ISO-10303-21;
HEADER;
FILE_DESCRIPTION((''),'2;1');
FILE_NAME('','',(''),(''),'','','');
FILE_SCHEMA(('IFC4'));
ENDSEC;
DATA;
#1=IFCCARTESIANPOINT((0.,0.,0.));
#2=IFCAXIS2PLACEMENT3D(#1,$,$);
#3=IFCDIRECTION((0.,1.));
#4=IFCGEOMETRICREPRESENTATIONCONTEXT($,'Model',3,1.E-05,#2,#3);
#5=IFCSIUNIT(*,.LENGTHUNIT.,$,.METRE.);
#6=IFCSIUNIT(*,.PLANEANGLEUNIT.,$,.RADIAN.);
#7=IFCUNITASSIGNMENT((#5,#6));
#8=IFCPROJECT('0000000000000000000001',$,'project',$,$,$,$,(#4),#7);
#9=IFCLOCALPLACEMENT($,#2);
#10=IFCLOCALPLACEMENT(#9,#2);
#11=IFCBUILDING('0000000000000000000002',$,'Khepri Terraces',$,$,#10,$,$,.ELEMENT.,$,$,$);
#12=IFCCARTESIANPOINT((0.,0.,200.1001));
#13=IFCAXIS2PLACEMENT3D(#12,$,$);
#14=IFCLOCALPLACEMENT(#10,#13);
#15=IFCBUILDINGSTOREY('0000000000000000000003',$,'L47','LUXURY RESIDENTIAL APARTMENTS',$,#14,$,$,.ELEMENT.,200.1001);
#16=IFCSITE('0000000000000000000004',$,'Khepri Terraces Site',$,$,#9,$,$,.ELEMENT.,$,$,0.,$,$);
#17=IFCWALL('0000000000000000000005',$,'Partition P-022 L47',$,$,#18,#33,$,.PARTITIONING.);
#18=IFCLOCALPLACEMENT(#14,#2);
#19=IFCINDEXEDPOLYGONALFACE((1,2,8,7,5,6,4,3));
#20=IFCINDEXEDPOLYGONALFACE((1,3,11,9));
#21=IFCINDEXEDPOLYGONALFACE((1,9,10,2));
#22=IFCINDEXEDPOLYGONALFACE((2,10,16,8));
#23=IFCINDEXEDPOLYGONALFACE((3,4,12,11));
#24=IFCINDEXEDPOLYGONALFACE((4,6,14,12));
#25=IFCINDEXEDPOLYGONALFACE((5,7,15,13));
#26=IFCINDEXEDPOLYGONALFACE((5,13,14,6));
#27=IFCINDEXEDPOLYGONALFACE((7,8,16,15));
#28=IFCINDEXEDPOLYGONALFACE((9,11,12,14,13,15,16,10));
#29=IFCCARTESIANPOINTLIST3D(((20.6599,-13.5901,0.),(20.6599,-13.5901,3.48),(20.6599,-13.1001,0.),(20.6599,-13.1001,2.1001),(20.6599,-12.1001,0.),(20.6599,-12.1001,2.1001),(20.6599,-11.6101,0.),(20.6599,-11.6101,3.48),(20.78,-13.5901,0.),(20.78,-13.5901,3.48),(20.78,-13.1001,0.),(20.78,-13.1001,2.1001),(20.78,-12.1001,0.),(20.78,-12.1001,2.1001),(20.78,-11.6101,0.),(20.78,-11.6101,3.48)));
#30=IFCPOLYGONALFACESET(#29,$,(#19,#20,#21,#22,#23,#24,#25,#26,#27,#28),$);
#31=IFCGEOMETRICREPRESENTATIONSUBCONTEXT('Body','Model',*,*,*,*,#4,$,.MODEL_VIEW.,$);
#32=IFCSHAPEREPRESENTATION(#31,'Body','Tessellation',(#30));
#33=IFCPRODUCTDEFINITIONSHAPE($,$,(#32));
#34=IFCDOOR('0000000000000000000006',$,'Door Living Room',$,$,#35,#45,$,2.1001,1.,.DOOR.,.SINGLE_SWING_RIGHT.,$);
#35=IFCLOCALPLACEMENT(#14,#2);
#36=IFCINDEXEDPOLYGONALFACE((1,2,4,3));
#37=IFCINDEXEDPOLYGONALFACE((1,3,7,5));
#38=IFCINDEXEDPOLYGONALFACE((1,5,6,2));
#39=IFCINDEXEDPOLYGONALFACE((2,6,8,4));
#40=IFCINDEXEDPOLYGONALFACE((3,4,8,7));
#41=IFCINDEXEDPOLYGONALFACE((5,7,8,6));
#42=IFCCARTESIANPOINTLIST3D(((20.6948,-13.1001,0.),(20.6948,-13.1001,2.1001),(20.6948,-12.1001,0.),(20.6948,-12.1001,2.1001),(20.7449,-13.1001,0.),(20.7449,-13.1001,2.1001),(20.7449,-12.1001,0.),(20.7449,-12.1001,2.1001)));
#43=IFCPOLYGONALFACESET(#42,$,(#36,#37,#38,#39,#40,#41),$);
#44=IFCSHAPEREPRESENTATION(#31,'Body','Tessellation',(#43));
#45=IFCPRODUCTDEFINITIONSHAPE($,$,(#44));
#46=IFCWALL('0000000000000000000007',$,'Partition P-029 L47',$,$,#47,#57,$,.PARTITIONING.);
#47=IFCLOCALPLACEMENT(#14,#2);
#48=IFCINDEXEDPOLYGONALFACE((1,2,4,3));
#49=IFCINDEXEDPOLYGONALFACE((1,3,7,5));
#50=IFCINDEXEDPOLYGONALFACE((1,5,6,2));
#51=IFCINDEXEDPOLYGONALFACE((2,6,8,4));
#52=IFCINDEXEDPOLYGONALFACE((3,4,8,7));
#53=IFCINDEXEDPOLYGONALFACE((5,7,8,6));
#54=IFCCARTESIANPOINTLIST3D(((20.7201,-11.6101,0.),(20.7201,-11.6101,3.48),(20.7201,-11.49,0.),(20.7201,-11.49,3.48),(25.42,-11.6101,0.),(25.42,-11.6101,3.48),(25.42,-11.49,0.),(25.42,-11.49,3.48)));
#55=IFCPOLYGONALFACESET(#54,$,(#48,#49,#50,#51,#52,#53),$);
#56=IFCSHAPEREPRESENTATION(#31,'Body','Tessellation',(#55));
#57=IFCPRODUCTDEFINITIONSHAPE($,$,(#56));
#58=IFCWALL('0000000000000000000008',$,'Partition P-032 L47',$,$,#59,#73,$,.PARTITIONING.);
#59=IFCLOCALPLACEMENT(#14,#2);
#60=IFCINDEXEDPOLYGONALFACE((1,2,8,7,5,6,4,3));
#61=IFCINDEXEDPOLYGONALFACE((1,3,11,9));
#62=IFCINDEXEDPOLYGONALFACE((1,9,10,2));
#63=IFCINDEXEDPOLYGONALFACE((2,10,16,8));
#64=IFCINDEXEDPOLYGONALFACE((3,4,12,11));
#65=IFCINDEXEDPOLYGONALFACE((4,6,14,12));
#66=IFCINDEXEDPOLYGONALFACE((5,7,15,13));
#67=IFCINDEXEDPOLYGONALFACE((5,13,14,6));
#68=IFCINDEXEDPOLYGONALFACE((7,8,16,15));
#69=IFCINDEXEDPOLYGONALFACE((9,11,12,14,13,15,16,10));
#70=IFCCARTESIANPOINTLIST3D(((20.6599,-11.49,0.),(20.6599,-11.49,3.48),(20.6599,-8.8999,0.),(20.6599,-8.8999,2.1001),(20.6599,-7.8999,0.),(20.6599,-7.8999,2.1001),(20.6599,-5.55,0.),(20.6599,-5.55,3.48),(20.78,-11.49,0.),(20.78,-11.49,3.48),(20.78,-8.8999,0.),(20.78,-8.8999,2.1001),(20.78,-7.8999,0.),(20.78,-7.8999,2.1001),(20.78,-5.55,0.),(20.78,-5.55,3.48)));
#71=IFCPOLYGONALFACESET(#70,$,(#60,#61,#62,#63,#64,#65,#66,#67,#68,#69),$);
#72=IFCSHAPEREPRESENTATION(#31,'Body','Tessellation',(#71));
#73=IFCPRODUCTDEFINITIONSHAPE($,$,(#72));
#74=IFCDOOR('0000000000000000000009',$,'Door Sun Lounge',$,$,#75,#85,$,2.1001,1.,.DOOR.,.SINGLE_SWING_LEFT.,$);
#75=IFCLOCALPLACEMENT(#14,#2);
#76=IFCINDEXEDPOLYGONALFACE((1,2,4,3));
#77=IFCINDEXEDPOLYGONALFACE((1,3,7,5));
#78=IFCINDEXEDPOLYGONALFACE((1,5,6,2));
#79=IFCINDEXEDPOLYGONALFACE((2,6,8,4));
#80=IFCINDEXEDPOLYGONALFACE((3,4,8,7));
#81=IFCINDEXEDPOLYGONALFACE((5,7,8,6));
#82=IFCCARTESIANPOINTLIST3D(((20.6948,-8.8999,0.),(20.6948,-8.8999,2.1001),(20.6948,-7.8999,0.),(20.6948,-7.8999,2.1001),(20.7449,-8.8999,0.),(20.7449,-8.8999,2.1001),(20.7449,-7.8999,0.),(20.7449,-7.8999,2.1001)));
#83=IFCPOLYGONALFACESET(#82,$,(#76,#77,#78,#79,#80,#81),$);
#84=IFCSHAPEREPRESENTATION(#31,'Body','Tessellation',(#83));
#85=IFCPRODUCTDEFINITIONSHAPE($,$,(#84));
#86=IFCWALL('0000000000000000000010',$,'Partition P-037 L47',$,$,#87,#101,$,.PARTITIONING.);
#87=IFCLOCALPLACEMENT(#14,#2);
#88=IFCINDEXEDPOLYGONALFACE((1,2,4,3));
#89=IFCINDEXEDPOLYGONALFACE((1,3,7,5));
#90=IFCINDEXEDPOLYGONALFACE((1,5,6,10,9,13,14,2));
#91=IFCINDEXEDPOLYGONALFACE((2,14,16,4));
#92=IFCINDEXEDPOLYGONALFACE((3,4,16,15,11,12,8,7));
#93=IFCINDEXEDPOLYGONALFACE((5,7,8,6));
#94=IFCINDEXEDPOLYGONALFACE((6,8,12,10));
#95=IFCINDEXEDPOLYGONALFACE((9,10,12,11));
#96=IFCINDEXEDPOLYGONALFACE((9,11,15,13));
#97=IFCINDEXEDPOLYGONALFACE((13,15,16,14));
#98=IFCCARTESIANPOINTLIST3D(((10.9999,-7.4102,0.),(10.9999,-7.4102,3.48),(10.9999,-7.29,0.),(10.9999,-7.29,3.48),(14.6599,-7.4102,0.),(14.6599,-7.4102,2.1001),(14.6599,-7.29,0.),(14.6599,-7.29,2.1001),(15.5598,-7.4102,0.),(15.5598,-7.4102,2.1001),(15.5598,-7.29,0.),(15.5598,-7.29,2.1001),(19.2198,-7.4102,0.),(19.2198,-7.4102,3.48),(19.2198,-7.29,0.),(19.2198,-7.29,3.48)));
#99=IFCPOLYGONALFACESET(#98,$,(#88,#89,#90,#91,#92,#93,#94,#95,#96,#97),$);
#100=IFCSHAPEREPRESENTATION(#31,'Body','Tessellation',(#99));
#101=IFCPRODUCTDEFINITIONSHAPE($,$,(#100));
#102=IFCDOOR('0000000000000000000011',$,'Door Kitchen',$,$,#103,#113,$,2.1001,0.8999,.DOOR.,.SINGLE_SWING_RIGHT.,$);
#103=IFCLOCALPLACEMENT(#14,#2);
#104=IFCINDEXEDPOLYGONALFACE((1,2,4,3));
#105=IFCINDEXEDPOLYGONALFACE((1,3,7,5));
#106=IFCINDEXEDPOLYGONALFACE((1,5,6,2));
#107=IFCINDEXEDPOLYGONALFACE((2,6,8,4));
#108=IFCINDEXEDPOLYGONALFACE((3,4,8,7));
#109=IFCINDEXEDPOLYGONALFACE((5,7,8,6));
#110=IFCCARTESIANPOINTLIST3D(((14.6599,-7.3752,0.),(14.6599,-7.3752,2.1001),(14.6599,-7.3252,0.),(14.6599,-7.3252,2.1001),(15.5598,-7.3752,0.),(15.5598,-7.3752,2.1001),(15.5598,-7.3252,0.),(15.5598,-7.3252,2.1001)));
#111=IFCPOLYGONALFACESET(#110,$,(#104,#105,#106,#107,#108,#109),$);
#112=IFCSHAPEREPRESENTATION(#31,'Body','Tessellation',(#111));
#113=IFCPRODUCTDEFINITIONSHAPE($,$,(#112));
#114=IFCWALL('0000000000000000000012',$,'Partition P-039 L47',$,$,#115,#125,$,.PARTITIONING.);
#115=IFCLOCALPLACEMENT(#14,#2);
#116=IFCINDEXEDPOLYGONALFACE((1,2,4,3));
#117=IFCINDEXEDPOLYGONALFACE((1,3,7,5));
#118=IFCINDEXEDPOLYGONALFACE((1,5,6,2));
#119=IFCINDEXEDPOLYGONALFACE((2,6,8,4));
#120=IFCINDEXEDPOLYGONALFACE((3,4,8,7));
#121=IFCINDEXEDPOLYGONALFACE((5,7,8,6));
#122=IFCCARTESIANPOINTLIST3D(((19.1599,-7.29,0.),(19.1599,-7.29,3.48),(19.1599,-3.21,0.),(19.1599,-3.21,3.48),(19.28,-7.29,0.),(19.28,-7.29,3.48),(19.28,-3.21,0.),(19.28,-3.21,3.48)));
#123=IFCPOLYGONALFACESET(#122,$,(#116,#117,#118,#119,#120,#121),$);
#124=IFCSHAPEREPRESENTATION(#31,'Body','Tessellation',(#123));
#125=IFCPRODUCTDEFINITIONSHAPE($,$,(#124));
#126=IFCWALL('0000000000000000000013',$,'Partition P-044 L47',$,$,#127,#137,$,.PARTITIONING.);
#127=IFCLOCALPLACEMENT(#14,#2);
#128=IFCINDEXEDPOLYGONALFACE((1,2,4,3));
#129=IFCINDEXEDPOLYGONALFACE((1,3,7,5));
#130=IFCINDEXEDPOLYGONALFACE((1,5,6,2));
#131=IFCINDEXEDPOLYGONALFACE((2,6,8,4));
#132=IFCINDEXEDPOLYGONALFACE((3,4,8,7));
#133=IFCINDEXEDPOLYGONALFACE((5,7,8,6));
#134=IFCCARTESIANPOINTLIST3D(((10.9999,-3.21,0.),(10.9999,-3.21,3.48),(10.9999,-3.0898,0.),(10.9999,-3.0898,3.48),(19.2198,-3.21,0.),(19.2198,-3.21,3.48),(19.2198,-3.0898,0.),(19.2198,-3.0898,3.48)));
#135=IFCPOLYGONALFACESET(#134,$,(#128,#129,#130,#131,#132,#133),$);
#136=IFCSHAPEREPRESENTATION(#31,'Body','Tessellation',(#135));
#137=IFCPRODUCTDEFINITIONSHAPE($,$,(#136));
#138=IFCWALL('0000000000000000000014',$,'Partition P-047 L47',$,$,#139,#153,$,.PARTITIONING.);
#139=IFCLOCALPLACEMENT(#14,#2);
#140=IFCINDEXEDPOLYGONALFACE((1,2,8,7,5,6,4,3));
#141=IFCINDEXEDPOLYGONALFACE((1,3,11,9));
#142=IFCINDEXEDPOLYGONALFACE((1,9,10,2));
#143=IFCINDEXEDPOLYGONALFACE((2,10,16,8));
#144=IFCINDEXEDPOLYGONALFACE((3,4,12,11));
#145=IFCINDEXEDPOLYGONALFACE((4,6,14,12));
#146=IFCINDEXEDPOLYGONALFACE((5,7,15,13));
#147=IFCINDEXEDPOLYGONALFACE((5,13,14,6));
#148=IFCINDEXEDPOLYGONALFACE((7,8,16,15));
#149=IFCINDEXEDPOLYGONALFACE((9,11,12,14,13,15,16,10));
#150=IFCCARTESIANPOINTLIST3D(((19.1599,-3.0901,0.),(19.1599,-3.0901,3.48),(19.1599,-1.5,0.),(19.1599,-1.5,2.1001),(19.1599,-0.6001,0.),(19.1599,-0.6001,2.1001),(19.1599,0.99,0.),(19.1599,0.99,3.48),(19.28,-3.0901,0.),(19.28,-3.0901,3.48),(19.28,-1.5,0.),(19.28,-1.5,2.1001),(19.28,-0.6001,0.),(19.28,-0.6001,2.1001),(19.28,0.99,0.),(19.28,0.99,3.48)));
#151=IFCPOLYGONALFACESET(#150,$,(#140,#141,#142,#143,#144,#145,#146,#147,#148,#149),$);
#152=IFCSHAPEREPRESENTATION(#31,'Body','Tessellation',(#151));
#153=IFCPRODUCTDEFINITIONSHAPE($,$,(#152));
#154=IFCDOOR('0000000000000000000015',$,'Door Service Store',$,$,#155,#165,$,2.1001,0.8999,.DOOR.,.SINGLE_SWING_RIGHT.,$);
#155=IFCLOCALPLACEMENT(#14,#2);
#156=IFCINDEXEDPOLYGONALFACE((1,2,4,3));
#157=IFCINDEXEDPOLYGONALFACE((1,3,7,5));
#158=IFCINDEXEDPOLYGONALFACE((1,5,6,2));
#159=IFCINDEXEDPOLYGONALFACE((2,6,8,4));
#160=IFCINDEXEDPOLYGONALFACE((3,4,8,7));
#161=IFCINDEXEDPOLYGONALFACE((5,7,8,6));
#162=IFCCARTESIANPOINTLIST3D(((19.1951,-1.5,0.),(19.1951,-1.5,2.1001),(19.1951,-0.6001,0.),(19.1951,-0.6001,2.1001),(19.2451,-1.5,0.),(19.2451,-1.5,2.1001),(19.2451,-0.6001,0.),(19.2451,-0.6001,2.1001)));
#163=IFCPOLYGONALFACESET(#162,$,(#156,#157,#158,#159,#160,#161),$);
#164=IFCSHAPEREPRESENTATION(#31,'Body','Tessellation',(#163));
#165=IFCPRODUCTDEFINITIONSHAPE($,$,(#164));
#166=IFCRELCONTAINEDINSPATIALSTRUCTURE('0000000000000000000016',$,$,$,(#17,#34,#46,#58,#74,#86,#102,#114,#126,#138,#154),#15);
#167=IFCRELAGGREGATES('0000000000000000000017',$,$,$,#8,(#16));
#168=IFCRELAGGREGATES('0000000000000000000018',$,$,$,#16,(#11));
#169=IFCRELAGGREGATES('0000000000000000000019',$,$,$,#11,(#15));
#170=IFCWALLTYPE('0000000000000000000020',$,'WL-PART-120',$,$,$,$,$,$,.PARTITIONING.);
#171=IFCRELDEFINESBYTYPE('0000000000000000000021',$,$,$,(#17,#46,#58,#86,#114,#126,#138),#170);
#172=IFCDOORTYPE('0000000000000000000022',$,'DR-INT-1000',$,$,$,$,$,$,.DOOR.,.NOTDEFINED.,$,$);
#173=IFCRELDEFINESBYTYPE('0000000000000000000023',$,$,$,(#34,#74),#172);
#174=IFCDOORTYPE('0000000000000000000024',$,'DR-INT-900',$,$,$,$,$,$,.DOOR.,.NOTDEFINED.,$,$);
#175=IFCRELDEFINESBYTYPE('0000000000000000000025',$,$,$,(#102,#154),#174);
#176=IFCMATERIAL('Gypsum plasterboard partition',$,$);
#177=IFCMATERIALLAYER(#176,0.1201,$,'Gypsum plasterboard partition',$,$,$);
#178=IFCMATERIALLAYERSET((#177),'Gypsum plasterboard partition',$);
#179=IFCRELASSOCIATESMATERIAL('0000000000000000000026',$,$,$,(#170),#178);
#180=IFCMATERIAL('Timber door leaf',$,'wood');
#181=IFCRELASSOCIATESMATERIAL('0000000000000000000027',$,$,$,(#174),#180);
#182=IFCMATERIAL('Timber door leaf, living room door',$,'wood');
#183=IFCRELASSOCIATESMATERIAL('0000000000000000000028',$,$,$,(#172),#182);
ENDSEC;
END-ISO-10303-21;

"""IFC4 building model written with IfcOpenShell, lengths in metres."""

from ifc_helpers import new_model, si_unit, direction, frame, frame_2d, origin, place, context, subcontext, project, spatial, rectangle, extrude, material, layer, layer_set, type_object, element, fill, save


model = new_model("IFC4")

# Units and contexts
model_context = context("Model", 3, precision=1e-05, world=origin(), true_north=direction((0.0, 1.0)))
body_context = subcontext(model_context, "Body", "Model", "MODEL_VIEW")
ifc_project = project(units=[si_unit("LENGTHUNIT", "METRE"), si_unit("PLANEANGLEUNIT", "RADIAN")], contexts=[model_context])

# Site, building, storey
site_placement = place(None, origin())
site = spatial("IfcSite", under=ifc_project, at=site_placement, Name="Khepri Terraces Site", CompositionType="ELEMENT", RefElevation=0.0)
building_placement = place(site_placement, origin())
building = spatial("IfcBuilding", under=site, at=building_placement, Name="Khepri Terraces", CompositionType="ELEMENT")
storey_placement = place(building_placement, frame((0.0, 0.0, 200.1001)))
storey = spatial("IfcBuildingStorey", under=building, at=storey_placement, Name="L47", Description="LUXURY RESIDENTIAL APARTMENTS", CompositionType="ELEMENT", Elevation=200.1001)

# Wall, opening, door
ifc_material_1 = material(Name="Gypsum plasterboard partition")
ifc_layer_1 = layer(ifc_material_1, 0.1201, Name="Gypsum plasterboard partition")
ifc_layer_set_1 = layer_set([ifc_layer_1], Name="Gypsum plasterboard partition")
wall_type_1 = type_object("IfcWallType", Name="WL-PART-120", PredefinedType="PARTITIONING", material=ifc_layer_set_1)
ifc_material_2 = material(Name="Timber door leaf", Category="wood")
door_type_1 = type_object("IfcDoorType", Name="DR-INT-900", OperationType="NOTDEFINED", PredefinedType="DOOR", material=ifc_material_2)
wall_1_placement = place(storey_placement, frame((20.72, -13.5901, 0.0), z_axis=(0.0, 0.0, 1.0), x_axis=(0.0, 1.0, 0.0)))
wall_1 = element("IfcWall", 1, at=wall_1_placement, inside=storey, type_object=wall_type_1, Name="Partition P-022 L47", PredefinedType="PARTITIONING", context=body_context, shape_type="SweptSolid", body=[
    extrude(rectangle(XDim=1.98, YDim=0.1201, at=frame_2d((0.99, 0.0))), origin(), (0.0, 0.0, 1.0), 3.48),
])
opening_1_placement = place(wall_1_placement, frame((0.49, 0.0, 0.0)))
opening_1 = element("IfcOpeningElement", 2, at=opening_1_placement, cuts=wall_1, PredefinedType="OPENING", context=body_context, shape_type="SweptSolid", body=[
    extrude(rectangle(XDim=1.0, YDim=2.1001, at=frame_2d((0.5, 1.05))), frame((0.0, 0.0701, 0.0), z_axis=(0.0, -1.0, 0.0), x_axis=(1.0, 0.0, 0.0)), (0.0, 0.0, 1.0), 0.1401),
])
ifc_material_3 = material(Name="Timber door leaf, living room door", Category="wood")
door_type_2 = type_object("IfcDoorType", Name="DR-INT-1000", OperationType="NOTDEFINED", PredefinedType="DOOR", material=ifc_material_3)
door_1_placement = place(opening_1_placement, frame((1.0, 0.0, 0.0), z_axis=(0.0, 0.0, 1.0), x_axis=(-1.0, 0.0, 0.0)))
door_1 = element("IfcDoor", 3, at=door_1_placement, inside=storey, type_object=door_type_2, Name="Door Living Room", OperationType="SINGLE_SWING_RIGHT", OverallHeight=2.1001, OverallWidth=1.0, PredefinedType="DOOR", context=body_context, shape_type="SweptSolid", body=[
    extrude(rectangle(XDim=1.0, YDim=2.1001, at=frame_2d((0.5, 1.05))), frame((0.0, 0.0249, 0.0), z_axis=(0.0, -1.0, 0.0), x_axis=(1.0, 0.0, 0.0)), (0.0, 0.0, 1.0), 0.05),
])
fill(opening_1, door_1)

# Wall
wall_2_placement = place(storey_placement, frame((20.72, -11.55, 0.0), z_axis=(0.0, 0.0, 1.0), x_axis=(1.0, 0.0, 0.0)))
element("IfcWall", 4, at=wall_2_placement, inside=storey, type_object=wall_type_1, Name="Partition P-029 L47", PredefinedType="PARTITIONING", context=body_context, shape_type="SweptSolid", body=[
    extrude(rectangle(XDim=4.7, YDim=0.1201, at=frame_2d((2.3501, 0.0))), origin(), (0.0, 0.0, 1.0), 3.48),
])

# Walls, openings, doors
wall_3_placement = place(storey_placement, frame((20.72, -11.49, 0.0), z_axis=(0.0, 0.0, 1.0), x_axis=(0.0, 1.0, 0.0)))
wall_3 = element("IfcWall", 5, at=wall_3_placement, inside=storey, type_object=wall_type_1, Name="Partition P-032 L47", PredefinedType="PARTITIONING", context=body_context, shape_type="SweptSolid", body=[
    extrude(rectangle(XDim=5.9399, YDim=0.1201, at=frame_2d((2.97, 0.0))), origin(), (0.0, 0.0, 1.0), 3.48),
])
opening_2_placement = place(wall_3_placement, frame((2.5901, 0.0, 0.0)))
opening_2 = element("IfcOpeningElement", 6, at=opening_2_placement, cuts=wall_3, PredefinedType="OPENING", context=body_context, shape_type="SweptSolid", body=[
    extrude(rectangle(XDim=1.0, YDim=2.1001, at=frame_2d((0.5, 1.05))), frame((0.0, 0.0701, 0.0), z_axis=(0.0, -1.0, 0.0), x_axis=(1.0, 0.0, 0.0)), (0.0, 0.0, 1.0), 0.1401),
])
door_2_placement = place(opening_2_placement, frame((1.0, 0.0, 0.0), z_axis=(0.0, 0.0, 1.0), x_axis=(-1.0, 0.0, 0.0)))
door_2 = element("IfcDoor", 7, at=door_2_placement, inside=storey, type_object=door_type_2, Name="Door Sun Lounge", OperationType="SINGLE_SWING_LEFT", OverallHeight=2.1001, OverallWidth=1.0, PredefinedType="DOOR", context=body_context, shape_type="SweptSolid", body=[
    extrude(rectangle(XDim=1.0, YDim=2.1001, at=frame_2d((0.5, 1.05))), frame((0.0, 0.0249, 0.0), z_axis=(0.0, -1.0, 0.0), x_axis=(1.0, 0.0, 0.0)), (0.0, 0.0, 1.0), 0.05),
])
fill(opening_2, door_2)
wall_4_placement = place(storey_placement, frame((11.0, -7.3501, 0.0), z_axis=(0.0, 0.0, 1.0), x_axis=(1.0, 0.0, 0.0)))
wall_4 = element("IfcWall", 8, at=wall_4_placement, inside=storey, type_object=wall_type_1, Name="Partition P-037 L47", PredefinedType="PARTITIONING", context=body_context, shape_type="SweptSolid", body=[
    extrude(rectangle(XDim=8.22, YDim=0.1201, at=frame_2d((4.1099, 0.0))), origin(), (0.0, 0.0, 1.0), 3.48),
])
opening_3_placement = place(wall_4_placement, frame((3.6599, 0.0, 0.0)))
opening_3 = element("IfcOpeningElement", 9, at=opening_3_placement, cuts=wall_4, PredefinedType="OPENING", context=body_context, shape_type="SweptSolid", body=[
    extrude(rectangle(XDim=0.8999, YDim=2.1001, at=frame_2d((0.45, 1.05))), frame((0.0, 0.0701, 0.0), z_axis=(0.0, -1.0, 0.0), x_axis=(1.0, 0.0, 0.0)), (0.0, 0.0, 1.0), 0.1401),
])
door_3_placement = place(opening_3_placement, origin())
door_3 = element("IfcDoor", 10, at=door_3_placement, inside=storey, type_object=door_type_1, Name="Door Kitchen", OperationType="SINGLE_SWING_RIGHT", OverallHeight=2.1001, OverallWidth=0.8999, PredefinedType="DOOR", context=body_context, shape_type="SweptSolid", body=[
    extrude(rectangle(XDim=0.8999, YDim=2.1001, at=frame_2d((0.45, 1.05))), frame((0.0, 0.0249, 0.0), z_axis=(0.0, -1.0, 0.0), x_axis=(1.0, 0.0, 0.0)), (0.0, 0.0, 1.0), 0.05),
])
fill(opening_3, door_3)

# Walls
wall_5_placement = place(storey_placement, frame((19.22, -7.29, 0.0), z_axis=(0.0, 0.0, 1.0), x_axis=(0.0, 1.0, 0.0)))
element("IfcWall", 11, at=wall_5_placement, inside=storey, type_object=wall_type_1, Name="Partition P-039 L47", PredefinedType="PARTITIONING", context=body_context, shape_type="SweptSolid", body=[
    extrude(rectangle(XDim=4.0801, YDim=0.1201, at=frame_2d((2.04, 0.0))), origin(), (0.0, 0.0, 1.0), 3.48),
])
wall_6_placement = place(storey_placement, frame((11.0, -3.1499, 0.0), z_axis=(0.0, 0.0, 1.0), x_axis=(1.0, 0.0, 0.0)))
element("IfcWall", 12, at=wall_6_placement, inside=storey, type_object=wall_type_1, Name="Partition P-044 L47", PredefinedType="PARTITIONING", context=body_context, shape_type="SweptSolid", body=[
    extrude(rectangle(XDim=8.22, YDim=0.1201, at=frame_2d((4.1099, 0.0))), origin(), (0.0, 0.0, 1.0), 3.48),
])

# Wall, opening, door
wall_7_placement = place(storey_placement, frame((19.22, -3.0901, 0.0), z_axis=(0.0, 0.0, 1.0), x_axis=(0.0, 1.0, 0.0)))
wall_7 = element("IfcWall", 13, at=wall_7_placement, inside=storey, type_object=wall_type_1, Name="Partition P-047 L47", PredefinedType="PARTITIONING", context=body_context, shape_type="SweptSolid", body=[
    extrude(rectangle(XDim=4.0801, YDim=0.1201, at=frame_2d((2.04, 0.0))), origin(), (0.0, 0.0, 1.0), 3.48),
])
opening_4_placement = place(wall_7_placement, frame((1.5901, 0.0, 0.0)))
opening_4 = element("IfcOpeningElement", 14, at=opening_4_placement, cuts=wall_7, PredefinedType="OPENING", context=body_context, shape_type="SweptSolid", body=[
    extrude(rectangle(XDim=0.8999, YDim=2.1001, at=frame_2d((0.45, 1.05))), frame((0.0, 0.0701, 0.0), z_axis=(0.0, -1.0, 0.0), x_axis=(1.0, 0.0, 0.0)), (0.0, 0.0, 1.0), 0.1401),
])
door_4_placement = place(opening_4_placement, origin())
door_4 = element("IfcDoor", 15, at=door_4_placement, inside=storey, type_object=door_type_1, Name="Door Service Store", OperationType="SINGLE_SWING_RIGHT", OverallHeight=2.1001, OverallWidth=0.8999, PredefinedType="DOOR", context=body_context, shape_type="SweptSolid", body=[
    extrude(rectangle(XDim=0.8999, YDim=2.1001, at=frame_2d((0.45, 1.05))), frame((0.0, 0.0249, 0.0), z_axis=(0.0, -1.0, 0.0), x_axis=(1.0, 0.0, 0.0)), (0.0, 0.0, 1.0), 0.05),
])
fill(opening_4, door_4)

save(model, "model.ifc")
